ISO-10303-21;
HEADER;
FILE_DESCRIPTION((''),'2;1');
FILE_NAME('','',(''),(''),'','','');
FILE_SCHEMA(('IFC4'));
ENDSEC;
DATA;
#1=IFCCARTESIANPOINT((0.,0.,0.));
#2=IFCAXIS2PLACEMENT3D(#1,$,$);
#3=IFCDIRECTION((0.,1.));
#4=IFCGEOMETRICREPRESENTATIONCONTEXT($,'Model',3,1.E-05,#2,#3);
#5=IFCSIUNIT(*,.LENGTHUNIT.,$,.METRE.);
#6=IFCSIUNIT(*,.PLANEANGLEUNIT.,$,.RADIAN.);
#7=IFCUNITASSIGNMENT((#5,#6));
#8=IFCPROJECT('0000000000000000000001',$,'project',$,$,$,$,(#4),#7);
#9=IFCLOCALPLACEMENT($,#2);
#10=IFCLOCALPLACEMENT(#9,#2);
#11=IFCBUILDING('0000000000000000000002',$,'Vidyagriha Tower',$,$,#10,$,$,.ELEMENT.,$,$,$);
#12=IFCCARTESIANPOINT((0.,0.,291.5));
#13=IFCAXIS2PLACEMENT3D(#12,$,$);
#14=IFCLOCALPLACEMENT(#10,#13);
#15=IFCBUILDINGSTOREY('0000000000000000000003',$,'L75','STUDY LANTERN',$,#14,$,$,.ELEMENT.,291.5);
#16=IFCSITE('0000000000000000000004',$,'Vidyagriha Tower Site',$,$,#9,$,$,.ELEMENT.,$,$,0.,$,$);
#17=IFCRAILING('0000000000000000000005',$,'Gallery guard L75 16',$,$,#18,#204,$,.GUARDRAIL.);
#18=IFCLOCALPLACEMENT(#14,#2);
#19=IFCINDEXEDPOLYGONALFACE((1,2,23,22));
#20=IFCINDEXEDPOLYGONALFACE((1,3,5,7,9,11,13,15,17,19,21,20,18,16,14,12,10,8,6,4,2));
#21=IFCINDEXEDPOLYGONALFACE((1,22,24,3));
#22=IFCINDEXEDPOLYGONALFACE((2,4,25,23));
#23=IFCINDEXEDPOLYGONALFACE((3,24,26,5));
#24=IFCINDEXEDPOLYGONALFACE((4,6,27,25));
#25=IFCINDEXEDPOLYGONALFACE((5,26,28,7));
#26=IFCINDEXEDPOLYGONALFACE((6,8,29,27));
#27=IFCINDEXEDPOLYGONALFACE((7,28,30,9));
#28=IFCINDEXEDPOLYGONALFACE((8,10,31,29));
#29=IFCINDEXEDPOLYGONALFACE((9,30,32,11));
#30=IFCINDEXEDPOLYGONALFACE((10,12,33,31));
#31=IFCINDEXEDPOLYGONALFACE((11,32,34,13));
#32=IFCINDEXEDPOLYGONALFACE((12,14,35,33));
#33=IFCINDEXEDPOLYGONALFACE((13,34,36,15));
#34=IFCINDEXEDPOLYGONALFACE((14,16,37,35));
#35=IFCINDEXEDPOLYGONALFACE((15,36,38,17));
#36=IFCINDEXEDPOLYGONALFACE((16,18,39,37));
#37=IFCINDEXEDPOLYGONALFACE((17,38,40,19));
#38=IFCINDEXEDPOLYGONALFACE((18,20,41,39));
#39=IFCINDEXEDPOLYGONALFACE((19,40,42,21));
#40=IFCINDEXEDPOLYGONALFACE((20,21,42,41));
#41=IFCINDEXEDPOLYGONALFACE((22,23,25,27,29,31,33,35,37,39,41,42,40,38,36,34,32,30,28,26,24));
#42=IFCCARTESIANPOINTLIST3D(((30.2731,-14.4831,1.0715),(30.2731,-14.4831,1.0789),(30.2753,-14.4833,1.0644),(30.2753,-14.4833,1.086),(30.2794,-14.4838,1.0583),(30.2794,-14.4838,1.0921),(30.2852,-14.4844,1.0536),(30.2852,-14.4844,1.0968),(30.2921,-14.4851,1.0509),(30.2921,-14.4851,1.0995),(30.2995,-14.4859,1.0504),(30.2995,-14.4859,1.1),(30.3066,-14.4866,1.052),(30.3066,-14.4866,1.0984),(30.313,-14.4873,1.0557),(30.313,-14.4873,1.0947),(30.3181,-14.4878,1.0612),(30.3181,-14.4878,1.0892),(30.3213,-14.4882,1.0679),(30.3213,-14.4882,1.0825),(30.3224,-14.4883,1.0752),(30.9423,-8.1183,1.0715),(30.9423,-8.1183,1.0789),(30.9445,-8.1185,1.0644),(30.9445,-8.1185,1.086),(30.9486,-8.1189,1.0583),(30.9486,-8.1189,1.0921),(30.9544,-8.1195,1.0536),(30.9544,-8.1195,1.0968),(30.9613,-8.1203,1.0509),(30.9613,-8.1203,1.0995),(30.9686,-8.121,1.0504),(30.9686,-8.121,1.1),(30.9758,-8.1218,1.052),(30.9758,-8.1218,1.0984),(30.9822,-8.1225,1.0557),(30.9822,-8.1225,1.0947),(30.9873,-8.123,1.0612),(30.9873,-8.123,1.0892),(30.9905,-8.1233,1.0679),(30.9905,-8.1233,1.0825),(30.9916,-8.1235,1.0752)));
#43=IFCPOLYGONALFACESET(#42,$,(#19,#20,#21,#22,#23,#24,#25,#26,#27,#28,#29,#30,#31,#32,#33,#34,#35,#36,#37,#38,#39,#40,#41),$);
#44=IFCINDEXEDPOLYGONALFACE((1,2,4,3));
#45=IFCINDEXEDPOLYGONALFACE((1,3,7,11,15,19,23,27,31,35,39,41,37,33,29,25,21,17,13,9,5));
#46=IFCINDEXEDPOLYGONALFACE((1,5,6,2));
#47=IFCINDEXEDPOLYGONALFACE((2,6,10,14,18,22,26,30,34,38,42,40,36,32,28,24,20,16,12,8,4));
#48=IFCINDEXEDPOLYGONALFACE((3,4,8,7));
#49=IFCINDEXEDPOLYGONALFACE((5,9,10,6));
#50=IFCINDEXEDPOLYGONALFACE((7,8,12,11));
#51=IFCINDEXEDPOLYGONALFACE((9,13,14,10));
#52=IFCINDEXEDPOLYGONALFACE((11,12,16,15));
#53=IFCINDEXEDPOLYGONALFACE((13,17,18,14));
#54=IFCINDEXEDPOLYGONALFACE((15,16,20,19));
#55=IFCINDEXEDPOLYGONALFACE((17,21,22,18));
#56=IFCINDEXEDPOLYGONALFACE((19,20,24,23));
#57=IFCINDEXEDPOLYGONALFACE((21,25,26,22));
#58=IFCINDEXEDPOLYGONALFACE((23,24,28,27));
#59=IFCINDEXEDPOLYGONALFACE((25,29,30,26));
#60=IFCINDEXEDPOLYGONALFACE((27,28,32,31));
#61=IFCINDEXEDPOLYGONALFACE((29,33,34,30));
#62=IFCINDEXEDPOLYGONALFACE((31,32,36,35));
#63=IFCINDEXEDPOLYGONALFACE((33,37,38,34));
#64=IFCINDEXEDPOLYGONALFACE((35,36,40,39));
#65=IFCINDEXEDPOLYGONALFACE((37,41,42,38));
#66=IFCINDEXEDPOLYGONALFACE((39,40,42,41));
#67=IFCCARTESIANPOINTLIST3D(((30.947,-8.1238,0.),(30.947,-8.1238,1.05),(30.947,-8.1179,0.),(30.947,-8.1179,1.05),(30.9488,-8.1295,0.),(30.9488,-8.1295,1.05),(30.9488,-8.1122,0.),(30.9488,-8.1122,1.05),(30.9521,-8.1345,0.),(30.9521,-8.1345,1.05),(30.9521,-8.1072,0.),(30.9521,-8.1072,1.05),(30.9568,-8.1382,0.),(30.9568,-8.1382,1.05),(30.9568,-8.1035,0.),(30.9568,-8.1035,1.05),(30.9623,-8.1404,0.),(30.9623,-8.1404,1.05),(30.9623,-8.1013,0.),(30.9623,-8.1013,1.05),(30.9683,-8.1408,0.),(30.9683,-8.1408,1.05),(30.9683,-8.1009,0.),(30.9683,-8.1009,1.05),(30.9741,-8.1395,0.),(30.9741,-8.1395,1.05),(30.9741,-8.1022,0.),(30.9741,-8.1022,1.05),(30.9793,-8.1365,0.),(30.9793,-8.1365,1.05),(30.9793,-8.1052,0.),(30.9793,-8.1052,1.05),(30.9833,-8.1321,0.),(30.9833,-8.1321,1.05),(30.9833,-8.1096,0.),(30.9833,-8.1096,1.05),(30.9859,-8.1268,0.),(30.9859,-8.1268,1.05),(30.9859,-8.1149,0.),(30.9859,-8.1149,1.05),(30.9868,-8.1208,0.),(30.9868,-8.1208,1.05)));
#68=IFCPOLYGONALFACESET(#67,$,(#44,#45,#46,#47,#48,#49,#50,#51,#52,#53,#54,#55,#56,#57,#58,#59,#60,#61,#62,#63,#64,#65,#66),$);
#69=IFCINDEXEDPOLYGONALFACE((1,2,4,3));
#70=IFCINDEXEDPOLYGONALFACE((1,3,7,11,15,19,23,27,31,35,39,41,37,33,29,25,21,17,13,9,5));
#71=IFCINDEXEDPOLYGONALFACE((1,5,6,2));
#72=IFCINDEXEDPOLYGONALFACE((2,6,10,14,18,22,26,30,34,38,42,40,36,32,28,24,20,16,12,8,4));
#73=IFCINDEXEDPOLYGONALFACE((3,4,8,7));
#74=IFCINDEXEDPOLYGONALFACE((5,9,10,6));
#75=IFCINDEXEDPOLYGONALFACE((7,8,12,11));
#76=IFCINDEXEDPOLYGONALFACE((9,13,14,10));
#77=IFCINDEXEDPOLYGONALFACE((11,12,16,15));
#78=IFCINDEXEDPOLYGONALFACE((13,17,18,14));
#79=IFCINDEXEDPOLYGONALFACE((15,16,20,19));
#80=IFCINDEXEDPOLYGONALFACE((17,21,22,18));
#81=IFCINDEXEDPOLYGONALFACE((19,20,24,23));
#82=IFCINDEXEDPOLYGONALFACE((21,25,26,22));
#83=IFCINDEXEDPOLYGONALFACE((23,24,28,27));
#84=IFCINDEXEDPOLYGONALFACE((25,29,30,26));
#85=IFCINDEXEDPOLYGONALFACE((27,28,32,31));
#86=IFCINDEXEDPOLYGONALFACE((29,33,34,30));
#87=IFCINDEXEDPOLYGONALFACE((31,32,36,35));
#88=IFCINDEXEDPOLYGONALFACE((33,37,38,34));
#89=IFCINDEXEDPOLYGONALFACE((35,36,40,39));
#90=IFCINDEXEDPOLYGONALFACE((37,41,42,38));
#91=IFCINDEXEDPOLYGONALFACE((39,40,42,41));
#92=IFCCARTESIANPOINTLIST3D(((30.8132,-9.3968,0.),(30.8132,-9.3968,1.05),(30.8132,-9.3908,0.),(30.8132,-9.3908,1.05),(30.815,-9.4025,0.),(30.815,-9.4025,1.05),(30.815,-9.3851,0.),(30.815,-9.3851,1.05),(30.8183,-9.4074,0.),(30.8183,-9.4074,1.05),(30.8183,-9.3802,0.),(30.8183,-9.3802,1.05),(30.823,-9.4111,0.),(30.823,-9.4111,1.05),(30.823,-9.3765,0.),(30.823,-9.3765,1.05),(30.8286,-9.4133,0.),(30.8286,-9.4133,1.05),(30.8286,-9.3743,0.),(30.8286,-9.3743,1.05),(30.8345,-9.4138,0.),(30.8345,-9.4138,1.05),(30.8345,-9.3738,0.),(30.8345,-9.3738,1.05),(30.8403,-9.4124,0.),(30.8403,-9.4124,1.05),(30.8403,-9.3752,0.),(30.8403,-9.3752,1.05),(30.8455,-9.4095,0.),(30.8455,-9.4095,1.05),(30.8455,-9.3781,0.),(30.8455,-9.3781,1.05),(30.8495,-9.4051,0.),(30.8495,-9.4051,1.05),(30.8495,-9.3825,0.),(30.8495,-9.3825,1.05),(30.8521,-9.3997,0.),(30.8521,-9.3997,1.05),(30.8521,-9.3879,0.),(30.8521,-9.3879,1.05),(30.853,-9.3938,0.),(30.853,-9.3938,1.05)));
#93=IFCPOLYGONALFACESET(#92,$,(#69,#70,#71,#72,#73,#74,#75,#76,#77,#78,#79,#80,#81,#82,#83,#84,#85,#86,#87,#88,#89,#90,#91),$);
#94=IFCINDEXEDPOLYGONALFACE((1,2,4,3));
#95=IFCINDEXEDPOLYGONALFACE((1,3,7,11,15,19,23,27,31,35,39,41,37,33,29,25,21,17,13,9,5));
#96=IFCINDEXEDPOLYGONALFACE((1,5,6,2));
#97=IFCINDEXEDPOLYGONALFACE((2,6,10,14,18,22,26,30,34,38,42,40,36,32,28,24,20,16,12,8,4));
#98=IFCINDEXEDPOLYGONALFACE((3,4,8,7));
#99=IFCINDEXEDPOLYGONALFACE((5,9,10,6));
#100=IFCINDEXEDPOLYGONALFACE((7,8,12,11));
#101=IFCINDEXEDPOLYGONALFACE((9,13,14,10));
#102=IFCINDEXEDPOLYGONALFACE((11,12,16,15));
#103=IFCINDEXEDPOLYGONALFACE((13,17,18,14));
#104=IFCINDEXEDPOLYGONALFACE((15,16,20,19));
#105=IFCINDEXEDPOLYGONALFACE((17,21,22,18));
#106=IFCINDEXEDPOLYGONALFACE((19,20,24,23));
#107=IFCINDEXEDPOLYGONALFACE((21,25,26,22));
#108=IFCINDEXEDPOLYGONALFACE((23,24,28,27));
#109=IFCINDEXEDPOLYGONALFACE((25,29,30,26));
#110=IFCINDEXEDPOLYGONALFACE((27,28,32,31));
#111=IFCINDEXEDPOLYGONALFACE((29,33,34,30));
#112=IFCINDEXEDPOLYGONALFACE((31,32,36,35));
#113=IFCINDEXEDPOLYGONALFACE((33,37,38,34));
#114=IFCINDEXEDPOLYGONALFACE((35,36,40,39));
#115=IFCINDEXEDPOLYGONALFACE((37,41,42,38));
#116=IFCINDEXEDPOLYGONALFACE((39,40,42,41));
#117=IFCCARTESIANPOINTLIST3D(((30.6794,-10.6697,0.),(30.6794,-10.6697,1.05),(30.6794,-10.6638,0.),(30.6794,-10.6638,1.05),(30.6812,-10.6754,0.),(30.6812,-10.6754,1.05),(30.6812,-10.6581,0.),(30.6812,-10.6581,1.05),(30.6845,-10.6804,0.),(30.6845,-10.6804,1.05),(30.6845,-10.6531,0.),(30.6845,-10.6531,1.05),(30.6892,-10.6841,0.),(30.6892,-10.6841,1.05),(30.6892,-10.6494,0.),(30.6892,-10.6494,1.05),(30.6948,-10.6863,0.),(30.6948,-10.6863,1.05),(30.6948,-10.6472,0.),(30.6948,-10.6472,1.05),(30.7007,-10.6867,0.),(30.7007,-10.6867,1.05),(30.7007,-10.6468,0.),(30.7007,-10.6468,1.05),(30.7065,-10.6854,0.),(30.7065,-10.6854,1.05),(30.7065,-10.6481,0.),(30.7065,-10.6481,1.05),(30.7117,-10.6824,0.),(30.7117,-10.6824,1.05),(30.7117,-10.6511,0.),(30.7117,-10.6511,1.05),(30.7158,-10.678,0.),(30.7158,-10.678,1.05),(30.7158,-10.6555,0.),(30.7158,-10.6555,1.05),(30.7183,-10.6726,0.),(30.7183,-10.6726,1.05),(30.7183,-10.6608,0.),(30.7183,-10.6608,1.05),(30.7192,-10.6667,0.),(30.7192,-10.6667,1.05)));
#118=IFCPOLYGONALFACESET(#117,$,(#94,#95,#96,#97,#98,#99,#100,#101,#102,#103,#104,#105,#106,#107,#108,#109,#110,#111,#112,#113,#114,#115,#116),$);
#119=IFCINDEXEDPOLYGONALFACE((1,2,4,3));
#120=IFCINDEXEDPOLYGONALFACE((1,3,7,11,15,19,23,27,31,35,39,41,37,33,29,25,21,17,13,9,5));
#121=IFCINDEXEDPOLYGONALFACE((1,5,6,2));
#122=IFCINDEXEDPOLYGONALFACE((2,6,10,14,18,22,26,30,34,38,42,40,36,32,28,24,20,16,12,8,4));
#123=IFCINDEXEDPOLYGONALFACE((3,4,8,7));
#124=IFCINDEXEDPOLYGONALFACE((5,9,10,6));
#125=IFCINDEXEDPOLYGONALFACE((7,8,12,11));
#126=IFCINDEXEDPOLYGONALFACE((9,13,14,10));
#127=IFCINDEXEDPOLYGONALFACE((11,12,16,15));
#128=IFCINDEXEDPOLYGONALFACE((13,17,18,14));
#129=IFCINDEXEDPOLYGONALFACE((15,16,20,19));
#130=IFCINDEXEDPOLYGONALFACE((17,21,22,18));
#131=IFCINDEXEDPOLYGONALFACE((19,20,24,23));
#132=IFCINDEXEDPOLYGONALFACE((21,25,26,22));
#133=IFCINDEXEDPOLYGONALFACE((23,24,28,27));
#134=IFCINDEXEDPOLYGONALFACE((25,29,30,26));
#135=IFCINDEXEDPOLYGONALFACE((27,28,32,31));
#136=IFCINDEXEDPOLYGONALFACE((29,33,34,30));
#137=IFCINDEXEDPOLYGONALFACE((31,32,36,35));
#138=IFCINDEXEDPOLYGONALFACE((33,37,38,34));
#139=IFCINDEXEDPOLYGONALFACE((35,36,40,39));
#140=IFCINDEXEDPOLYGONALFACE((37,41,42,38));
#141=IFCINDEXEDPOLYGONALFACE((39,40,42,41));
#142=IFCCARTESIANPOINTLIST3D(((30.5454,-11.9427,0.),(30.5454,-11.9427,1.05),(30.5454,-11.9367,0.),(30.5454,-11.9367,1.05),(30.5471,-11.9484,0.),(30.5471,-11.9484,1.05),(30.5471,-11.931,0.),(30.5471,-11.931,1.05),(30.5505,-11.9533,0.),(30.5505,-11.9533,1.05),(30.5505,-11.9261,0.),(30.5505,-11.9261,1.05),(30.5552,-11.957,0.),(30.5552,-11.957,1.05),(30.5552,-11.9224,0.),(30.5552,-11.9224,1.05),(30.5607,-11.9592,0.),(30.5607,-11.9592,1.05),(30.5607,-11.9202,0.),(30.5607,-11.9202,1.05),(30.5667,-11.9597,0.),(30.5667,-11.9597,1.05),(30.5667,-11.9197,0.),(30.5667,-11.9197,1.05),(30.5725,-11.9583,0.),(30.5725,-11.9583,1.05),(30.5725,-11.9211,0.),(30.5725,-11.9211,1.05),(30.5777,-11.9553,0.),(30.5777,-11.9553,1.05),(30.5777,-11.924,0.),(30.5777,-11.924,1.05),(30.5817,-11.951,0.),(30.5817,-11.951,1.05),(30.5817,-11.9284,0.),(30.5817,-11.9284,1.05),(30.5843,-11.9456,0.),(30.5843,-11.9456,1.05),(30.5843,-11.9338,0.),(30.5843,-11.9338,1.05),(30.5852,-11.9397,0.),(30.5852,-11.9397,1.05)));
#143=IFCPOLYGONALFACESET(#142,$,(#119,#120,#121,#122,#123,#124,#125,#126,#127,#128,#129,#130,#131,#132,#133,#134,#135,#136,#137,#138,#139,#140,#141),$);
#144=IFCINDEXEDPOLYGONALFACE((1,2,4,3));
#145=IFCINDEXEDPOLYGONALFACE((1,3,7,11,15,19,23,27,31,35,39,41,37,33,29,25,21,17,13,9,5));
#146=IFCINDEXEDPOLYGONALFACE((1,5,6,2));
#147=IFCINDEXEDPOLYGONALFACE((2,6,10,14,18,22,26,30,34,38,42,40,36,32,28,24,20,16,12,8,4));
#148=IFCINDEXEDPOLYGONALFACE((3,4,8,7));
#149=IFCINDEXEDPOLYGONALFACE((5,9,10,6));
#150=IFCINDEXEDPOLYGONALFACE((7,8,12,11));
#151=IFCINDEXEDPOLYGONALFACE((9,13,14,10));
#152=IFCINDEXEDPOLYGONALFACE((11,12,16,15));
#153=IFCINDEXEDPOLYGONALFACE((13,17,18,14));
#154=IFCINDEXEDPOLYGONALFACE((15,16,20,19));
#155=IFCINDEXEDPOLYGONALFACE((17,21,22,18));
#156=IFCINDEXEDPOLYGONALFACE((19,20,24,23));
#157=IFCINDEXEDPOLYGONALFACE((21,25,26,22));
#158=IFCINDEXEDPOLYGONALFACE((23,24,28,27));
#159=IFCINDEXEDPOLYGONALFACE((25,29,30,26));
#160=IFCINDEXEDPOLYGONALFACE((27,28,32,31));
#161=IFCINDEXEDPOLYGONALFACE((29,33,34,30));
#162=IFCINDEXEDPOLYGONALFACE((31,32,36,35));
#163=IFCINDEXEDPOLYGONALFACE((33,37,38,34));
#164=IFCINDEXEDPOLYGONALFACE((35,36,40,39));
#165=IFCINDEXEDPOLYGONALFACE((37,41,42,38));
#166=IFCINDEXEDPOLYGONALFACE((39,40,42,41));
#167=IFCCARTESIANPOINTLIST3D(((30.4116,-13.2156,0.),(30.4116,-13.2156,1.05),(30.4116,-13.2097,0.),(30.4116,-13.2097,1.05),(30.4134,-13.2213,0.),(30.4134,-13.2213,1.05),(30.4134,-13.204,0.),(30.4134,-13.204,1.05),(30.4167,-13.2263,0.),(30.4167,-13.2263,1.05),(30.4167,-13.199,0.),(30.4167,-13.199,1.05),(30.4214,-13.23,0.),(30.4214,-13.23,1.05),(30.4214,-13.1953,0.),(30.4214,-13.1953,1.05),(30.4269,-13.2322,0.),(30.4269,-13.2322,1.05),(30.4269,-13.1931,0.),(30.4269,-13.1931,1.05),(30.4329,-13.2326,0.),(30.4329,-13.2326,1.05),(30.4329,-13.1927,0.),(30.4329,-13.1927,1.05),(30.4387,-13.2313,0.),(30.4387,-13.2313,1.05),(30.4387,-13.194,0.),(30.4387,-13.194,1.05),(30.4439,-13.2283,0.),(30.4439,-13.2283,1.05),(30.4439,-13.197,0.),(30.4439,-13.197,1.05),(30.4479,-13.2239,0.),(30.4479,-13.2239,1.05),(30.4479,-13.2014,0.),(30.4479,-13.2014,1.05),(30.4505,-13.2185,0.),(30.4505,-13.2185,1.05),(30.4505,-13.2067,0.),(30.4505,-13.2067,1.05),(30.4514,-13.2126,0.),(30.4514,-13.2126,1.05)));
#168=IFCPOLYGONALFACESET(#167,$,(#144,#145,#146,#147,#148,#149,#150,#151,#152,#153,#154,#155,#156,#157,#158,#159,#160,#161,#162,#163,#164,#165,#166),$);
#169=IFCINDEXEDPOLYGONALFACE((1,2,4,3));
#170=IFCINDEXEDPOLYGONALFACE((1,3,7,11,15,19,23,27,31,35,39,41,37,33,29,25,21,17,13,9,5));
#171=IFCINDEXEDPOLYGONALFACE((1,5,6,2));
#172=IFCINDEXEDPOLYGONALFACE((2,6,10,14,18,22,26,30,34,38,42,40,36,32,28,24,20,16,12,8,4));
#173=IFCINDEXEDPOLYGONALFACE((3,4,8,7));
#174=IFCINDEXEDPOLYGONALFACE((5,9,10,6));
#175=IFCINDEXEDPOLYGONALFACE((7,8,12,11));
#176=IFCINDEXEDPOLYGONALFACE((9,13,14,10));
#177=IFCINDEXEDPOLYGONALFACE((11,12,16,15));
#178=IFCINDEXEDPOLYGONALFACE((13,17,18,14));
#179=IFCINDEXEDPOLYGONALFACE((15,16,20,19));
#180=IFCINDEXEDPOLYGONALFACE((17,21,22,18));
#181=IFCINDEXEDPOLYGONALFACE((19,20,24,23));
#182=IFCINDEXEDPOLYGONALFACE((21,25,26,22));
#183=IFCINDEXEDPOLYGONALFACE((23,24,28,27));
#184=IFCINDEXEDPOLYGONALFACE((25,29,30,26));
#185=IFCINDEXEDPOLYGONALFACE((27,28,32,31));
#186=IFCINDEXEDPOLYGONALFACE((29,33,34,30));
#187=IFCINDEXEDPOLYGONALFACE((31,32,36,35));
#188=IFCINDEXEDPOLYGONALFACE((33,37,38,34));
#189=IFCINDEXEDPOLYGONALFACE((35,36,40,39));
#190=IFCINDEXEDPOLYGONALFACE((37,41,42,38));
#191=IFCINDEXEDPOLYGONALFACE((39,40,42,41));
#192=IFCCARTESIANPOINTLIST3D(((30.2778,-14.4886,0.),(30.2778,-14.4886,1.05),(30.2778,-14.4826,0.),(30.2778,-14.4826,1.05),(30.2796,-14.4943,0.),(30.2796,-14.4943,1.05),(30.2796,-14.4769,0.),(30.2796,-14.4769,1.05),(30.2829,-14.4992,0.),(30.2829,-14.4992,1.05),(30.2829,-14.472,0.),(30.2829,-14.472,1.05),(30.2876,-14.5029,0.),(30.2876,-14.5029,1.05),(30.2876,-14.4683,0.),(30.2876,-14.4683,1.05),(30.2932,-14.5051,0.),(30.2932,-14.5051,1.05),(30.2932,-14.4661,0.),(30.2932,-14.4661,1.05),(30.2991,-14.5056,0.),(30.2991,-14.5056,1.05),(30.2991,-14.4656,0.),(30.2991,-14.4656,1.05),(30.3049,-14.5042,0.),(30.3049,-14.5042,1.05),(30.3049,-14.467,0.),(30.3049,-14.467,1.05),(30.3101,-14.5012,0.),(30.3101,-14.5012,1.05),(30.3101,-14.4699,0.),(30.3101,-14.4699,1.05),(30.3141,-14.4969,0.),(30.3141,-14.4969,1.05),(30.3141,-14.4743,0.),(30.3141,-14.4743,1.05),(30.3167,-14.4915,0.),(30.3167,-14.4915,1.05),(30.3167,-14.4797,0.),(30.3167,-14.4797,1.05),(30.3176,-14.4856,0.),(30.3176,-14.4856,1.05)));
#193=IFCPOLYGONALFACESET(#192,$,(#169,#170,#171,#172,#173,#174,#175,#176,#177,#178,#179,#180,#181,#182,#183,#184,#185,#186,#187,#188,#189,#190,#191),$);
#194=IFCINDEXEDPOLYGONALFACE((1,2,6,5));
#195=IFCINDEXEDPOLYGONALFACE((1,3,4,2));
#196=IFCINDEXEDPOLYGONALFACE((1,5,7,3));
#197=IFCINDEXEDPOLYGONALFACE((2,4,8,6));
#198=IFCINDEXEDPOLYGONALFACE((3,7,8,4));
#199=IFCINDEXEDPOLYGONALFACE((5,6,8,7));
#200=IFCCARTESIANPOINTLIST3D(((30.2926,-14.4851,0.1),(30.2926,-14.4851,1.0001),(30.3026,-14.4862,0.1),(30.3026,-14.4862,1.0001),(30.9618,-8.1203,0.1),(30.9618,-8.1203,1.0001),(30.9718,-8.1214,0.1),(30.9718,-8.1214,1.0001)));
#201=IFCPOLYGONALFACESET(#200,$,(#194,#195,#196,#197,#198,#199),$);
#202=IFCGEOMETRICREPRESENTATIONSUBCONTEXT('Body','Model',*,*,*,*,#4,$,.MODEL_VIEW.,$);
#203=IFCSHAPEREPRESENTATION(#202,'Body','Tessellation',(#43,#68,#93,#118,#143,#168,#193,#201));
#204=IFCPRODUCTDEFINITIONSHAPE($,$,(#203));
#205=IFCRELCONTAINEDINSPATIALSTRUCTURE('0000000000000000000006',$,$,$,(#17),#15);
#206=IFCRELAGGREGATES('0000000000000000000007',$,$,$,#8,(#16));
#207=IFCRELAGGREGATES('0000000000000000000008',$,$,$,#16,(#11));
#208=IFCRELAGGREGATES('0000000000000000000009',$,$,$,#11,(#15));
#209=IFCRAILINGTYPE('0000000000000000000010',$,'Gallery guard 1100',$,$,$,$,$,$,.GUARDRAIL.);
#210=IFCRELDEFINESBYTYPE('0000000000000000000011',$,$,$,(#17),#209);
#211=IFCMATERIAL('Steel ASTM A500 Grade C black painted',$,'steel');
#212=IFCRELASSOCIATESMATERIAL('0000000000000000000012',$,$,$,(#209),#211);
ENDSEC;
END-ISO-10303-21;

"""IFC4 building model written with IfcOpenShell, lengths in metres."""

from ifc_helpers import new_model, si_unit, direction, frame, origin, origin_2d, place, context, subcontext, project, spatial, rectangle, circle, extrude, material, type_object, element, save


model = new_model("IFC4")

# Units and contexts
model_context = context("Model", 3, precision=1e-05, world=origin(), true_north=direction((0.0, 1.0)))
body_context = subcontext(model_context, "Body", "Model", "MODEL_VIEW")
ifc_project = project(units=[si_unit("LENGTHUNIT", "METRE"), si_unit("PLANEANGLEUNIT", "RADIAN")], contexts=[model_context])

# Site, building, storey
site_placement = place(None, origin())
site = spatial("IfcSite", under=ifc_project, at=site_placement, Name="Vidyagriha Tower Site", CompositionType="ELEMENT", RefElevation=0.0)
building_placement = place(site_placement, origin())
building = spatial("IfcBuilding", under=site, at=building_placement, Name="Vidyagriha Tower", CompositionType="ELEMENT")
storey_placement = place(building_placement, frame((0.0, 0.0, 291.5)))
storey = spatial("IfcBuildingStorey", under=building, at=storey_placement, Name="L75", Description="STUDY LANTERN", CompositionType="ELEMENT", Elevation=291.5)

# Railing
ifc_material_1 = material(Name="Steel ASTM A500 Grade C black painted", Category="steel")
railing_type = type_object("IfcRailingType", Name="Gallery guard 1100", PredefinedType="GUARDRAIL", material=ifc_material_1)
railing_placement = place(storey_placement, frame((30.9668, -8.1208, 0.0)))
element("IfcRailing", 1, at=railing_placement, inside=storey, type_object=railing_type, Name="Gallery guard L75 16", PredefinedType="GUARDRAIL", context=body_context, shape_type="SweptSolid", body=[
    extrude(circle(Radius=0.0249, at=origin_2d()), frame((0.0, 0.0, 1.0752), z_axis=(-0.104564, -0.994518, 0.0), x_axis=(0.994518, -0.104564, 0.0)), (0.0, 0.0, 1.0), 6.3999),
    extrude(circle(Radius=0.02, at=origin_2d()), origin(), (0.0, 0.0, 1.0), 1.05),
    extrude(circle(Radius=0.02, at=origin_2d()), frame((-0.1338, -1.2729, 0.0)), (0.0, 0.0, 1.0), 1.05),
    extrude(circle(Radius=0.02, at=origin_2d()), frame((-0.2676, -2.5459, 0.0)), (0.0, 0.0, 1.0), 1.05),
    extrude(circle(Radius=0.02, at=origin_2d()), frame((-0.4016, -3.8188, 0.0)), (0.0, 0.0, 1.0), 1.05),
    extrude(circle(Radius=0.02, at=origin_2d()), frame((-0.5354, -5.0918, 0.0)), (0.0, 0.0, 1.0), 1.05),
    extrude(circle(Radius=0.02, at=origin_2d()), frame((-0.6692, -6.3647, 0.0)), (0.0, 0.0, 1.0), 1.05),
    extrude(rectangle(XDim=0.01, YDim=0.9001, at=origin_2d()), frame((0.0, 0.0, 0.55), z_axis=(-0.104564, -0.994518, 0.0), x_axis=(0.994518, -0.104564, 0.0)), (0.0, 0.0, 1.0), 6.3999),
])

save(model, "model.ifc")
